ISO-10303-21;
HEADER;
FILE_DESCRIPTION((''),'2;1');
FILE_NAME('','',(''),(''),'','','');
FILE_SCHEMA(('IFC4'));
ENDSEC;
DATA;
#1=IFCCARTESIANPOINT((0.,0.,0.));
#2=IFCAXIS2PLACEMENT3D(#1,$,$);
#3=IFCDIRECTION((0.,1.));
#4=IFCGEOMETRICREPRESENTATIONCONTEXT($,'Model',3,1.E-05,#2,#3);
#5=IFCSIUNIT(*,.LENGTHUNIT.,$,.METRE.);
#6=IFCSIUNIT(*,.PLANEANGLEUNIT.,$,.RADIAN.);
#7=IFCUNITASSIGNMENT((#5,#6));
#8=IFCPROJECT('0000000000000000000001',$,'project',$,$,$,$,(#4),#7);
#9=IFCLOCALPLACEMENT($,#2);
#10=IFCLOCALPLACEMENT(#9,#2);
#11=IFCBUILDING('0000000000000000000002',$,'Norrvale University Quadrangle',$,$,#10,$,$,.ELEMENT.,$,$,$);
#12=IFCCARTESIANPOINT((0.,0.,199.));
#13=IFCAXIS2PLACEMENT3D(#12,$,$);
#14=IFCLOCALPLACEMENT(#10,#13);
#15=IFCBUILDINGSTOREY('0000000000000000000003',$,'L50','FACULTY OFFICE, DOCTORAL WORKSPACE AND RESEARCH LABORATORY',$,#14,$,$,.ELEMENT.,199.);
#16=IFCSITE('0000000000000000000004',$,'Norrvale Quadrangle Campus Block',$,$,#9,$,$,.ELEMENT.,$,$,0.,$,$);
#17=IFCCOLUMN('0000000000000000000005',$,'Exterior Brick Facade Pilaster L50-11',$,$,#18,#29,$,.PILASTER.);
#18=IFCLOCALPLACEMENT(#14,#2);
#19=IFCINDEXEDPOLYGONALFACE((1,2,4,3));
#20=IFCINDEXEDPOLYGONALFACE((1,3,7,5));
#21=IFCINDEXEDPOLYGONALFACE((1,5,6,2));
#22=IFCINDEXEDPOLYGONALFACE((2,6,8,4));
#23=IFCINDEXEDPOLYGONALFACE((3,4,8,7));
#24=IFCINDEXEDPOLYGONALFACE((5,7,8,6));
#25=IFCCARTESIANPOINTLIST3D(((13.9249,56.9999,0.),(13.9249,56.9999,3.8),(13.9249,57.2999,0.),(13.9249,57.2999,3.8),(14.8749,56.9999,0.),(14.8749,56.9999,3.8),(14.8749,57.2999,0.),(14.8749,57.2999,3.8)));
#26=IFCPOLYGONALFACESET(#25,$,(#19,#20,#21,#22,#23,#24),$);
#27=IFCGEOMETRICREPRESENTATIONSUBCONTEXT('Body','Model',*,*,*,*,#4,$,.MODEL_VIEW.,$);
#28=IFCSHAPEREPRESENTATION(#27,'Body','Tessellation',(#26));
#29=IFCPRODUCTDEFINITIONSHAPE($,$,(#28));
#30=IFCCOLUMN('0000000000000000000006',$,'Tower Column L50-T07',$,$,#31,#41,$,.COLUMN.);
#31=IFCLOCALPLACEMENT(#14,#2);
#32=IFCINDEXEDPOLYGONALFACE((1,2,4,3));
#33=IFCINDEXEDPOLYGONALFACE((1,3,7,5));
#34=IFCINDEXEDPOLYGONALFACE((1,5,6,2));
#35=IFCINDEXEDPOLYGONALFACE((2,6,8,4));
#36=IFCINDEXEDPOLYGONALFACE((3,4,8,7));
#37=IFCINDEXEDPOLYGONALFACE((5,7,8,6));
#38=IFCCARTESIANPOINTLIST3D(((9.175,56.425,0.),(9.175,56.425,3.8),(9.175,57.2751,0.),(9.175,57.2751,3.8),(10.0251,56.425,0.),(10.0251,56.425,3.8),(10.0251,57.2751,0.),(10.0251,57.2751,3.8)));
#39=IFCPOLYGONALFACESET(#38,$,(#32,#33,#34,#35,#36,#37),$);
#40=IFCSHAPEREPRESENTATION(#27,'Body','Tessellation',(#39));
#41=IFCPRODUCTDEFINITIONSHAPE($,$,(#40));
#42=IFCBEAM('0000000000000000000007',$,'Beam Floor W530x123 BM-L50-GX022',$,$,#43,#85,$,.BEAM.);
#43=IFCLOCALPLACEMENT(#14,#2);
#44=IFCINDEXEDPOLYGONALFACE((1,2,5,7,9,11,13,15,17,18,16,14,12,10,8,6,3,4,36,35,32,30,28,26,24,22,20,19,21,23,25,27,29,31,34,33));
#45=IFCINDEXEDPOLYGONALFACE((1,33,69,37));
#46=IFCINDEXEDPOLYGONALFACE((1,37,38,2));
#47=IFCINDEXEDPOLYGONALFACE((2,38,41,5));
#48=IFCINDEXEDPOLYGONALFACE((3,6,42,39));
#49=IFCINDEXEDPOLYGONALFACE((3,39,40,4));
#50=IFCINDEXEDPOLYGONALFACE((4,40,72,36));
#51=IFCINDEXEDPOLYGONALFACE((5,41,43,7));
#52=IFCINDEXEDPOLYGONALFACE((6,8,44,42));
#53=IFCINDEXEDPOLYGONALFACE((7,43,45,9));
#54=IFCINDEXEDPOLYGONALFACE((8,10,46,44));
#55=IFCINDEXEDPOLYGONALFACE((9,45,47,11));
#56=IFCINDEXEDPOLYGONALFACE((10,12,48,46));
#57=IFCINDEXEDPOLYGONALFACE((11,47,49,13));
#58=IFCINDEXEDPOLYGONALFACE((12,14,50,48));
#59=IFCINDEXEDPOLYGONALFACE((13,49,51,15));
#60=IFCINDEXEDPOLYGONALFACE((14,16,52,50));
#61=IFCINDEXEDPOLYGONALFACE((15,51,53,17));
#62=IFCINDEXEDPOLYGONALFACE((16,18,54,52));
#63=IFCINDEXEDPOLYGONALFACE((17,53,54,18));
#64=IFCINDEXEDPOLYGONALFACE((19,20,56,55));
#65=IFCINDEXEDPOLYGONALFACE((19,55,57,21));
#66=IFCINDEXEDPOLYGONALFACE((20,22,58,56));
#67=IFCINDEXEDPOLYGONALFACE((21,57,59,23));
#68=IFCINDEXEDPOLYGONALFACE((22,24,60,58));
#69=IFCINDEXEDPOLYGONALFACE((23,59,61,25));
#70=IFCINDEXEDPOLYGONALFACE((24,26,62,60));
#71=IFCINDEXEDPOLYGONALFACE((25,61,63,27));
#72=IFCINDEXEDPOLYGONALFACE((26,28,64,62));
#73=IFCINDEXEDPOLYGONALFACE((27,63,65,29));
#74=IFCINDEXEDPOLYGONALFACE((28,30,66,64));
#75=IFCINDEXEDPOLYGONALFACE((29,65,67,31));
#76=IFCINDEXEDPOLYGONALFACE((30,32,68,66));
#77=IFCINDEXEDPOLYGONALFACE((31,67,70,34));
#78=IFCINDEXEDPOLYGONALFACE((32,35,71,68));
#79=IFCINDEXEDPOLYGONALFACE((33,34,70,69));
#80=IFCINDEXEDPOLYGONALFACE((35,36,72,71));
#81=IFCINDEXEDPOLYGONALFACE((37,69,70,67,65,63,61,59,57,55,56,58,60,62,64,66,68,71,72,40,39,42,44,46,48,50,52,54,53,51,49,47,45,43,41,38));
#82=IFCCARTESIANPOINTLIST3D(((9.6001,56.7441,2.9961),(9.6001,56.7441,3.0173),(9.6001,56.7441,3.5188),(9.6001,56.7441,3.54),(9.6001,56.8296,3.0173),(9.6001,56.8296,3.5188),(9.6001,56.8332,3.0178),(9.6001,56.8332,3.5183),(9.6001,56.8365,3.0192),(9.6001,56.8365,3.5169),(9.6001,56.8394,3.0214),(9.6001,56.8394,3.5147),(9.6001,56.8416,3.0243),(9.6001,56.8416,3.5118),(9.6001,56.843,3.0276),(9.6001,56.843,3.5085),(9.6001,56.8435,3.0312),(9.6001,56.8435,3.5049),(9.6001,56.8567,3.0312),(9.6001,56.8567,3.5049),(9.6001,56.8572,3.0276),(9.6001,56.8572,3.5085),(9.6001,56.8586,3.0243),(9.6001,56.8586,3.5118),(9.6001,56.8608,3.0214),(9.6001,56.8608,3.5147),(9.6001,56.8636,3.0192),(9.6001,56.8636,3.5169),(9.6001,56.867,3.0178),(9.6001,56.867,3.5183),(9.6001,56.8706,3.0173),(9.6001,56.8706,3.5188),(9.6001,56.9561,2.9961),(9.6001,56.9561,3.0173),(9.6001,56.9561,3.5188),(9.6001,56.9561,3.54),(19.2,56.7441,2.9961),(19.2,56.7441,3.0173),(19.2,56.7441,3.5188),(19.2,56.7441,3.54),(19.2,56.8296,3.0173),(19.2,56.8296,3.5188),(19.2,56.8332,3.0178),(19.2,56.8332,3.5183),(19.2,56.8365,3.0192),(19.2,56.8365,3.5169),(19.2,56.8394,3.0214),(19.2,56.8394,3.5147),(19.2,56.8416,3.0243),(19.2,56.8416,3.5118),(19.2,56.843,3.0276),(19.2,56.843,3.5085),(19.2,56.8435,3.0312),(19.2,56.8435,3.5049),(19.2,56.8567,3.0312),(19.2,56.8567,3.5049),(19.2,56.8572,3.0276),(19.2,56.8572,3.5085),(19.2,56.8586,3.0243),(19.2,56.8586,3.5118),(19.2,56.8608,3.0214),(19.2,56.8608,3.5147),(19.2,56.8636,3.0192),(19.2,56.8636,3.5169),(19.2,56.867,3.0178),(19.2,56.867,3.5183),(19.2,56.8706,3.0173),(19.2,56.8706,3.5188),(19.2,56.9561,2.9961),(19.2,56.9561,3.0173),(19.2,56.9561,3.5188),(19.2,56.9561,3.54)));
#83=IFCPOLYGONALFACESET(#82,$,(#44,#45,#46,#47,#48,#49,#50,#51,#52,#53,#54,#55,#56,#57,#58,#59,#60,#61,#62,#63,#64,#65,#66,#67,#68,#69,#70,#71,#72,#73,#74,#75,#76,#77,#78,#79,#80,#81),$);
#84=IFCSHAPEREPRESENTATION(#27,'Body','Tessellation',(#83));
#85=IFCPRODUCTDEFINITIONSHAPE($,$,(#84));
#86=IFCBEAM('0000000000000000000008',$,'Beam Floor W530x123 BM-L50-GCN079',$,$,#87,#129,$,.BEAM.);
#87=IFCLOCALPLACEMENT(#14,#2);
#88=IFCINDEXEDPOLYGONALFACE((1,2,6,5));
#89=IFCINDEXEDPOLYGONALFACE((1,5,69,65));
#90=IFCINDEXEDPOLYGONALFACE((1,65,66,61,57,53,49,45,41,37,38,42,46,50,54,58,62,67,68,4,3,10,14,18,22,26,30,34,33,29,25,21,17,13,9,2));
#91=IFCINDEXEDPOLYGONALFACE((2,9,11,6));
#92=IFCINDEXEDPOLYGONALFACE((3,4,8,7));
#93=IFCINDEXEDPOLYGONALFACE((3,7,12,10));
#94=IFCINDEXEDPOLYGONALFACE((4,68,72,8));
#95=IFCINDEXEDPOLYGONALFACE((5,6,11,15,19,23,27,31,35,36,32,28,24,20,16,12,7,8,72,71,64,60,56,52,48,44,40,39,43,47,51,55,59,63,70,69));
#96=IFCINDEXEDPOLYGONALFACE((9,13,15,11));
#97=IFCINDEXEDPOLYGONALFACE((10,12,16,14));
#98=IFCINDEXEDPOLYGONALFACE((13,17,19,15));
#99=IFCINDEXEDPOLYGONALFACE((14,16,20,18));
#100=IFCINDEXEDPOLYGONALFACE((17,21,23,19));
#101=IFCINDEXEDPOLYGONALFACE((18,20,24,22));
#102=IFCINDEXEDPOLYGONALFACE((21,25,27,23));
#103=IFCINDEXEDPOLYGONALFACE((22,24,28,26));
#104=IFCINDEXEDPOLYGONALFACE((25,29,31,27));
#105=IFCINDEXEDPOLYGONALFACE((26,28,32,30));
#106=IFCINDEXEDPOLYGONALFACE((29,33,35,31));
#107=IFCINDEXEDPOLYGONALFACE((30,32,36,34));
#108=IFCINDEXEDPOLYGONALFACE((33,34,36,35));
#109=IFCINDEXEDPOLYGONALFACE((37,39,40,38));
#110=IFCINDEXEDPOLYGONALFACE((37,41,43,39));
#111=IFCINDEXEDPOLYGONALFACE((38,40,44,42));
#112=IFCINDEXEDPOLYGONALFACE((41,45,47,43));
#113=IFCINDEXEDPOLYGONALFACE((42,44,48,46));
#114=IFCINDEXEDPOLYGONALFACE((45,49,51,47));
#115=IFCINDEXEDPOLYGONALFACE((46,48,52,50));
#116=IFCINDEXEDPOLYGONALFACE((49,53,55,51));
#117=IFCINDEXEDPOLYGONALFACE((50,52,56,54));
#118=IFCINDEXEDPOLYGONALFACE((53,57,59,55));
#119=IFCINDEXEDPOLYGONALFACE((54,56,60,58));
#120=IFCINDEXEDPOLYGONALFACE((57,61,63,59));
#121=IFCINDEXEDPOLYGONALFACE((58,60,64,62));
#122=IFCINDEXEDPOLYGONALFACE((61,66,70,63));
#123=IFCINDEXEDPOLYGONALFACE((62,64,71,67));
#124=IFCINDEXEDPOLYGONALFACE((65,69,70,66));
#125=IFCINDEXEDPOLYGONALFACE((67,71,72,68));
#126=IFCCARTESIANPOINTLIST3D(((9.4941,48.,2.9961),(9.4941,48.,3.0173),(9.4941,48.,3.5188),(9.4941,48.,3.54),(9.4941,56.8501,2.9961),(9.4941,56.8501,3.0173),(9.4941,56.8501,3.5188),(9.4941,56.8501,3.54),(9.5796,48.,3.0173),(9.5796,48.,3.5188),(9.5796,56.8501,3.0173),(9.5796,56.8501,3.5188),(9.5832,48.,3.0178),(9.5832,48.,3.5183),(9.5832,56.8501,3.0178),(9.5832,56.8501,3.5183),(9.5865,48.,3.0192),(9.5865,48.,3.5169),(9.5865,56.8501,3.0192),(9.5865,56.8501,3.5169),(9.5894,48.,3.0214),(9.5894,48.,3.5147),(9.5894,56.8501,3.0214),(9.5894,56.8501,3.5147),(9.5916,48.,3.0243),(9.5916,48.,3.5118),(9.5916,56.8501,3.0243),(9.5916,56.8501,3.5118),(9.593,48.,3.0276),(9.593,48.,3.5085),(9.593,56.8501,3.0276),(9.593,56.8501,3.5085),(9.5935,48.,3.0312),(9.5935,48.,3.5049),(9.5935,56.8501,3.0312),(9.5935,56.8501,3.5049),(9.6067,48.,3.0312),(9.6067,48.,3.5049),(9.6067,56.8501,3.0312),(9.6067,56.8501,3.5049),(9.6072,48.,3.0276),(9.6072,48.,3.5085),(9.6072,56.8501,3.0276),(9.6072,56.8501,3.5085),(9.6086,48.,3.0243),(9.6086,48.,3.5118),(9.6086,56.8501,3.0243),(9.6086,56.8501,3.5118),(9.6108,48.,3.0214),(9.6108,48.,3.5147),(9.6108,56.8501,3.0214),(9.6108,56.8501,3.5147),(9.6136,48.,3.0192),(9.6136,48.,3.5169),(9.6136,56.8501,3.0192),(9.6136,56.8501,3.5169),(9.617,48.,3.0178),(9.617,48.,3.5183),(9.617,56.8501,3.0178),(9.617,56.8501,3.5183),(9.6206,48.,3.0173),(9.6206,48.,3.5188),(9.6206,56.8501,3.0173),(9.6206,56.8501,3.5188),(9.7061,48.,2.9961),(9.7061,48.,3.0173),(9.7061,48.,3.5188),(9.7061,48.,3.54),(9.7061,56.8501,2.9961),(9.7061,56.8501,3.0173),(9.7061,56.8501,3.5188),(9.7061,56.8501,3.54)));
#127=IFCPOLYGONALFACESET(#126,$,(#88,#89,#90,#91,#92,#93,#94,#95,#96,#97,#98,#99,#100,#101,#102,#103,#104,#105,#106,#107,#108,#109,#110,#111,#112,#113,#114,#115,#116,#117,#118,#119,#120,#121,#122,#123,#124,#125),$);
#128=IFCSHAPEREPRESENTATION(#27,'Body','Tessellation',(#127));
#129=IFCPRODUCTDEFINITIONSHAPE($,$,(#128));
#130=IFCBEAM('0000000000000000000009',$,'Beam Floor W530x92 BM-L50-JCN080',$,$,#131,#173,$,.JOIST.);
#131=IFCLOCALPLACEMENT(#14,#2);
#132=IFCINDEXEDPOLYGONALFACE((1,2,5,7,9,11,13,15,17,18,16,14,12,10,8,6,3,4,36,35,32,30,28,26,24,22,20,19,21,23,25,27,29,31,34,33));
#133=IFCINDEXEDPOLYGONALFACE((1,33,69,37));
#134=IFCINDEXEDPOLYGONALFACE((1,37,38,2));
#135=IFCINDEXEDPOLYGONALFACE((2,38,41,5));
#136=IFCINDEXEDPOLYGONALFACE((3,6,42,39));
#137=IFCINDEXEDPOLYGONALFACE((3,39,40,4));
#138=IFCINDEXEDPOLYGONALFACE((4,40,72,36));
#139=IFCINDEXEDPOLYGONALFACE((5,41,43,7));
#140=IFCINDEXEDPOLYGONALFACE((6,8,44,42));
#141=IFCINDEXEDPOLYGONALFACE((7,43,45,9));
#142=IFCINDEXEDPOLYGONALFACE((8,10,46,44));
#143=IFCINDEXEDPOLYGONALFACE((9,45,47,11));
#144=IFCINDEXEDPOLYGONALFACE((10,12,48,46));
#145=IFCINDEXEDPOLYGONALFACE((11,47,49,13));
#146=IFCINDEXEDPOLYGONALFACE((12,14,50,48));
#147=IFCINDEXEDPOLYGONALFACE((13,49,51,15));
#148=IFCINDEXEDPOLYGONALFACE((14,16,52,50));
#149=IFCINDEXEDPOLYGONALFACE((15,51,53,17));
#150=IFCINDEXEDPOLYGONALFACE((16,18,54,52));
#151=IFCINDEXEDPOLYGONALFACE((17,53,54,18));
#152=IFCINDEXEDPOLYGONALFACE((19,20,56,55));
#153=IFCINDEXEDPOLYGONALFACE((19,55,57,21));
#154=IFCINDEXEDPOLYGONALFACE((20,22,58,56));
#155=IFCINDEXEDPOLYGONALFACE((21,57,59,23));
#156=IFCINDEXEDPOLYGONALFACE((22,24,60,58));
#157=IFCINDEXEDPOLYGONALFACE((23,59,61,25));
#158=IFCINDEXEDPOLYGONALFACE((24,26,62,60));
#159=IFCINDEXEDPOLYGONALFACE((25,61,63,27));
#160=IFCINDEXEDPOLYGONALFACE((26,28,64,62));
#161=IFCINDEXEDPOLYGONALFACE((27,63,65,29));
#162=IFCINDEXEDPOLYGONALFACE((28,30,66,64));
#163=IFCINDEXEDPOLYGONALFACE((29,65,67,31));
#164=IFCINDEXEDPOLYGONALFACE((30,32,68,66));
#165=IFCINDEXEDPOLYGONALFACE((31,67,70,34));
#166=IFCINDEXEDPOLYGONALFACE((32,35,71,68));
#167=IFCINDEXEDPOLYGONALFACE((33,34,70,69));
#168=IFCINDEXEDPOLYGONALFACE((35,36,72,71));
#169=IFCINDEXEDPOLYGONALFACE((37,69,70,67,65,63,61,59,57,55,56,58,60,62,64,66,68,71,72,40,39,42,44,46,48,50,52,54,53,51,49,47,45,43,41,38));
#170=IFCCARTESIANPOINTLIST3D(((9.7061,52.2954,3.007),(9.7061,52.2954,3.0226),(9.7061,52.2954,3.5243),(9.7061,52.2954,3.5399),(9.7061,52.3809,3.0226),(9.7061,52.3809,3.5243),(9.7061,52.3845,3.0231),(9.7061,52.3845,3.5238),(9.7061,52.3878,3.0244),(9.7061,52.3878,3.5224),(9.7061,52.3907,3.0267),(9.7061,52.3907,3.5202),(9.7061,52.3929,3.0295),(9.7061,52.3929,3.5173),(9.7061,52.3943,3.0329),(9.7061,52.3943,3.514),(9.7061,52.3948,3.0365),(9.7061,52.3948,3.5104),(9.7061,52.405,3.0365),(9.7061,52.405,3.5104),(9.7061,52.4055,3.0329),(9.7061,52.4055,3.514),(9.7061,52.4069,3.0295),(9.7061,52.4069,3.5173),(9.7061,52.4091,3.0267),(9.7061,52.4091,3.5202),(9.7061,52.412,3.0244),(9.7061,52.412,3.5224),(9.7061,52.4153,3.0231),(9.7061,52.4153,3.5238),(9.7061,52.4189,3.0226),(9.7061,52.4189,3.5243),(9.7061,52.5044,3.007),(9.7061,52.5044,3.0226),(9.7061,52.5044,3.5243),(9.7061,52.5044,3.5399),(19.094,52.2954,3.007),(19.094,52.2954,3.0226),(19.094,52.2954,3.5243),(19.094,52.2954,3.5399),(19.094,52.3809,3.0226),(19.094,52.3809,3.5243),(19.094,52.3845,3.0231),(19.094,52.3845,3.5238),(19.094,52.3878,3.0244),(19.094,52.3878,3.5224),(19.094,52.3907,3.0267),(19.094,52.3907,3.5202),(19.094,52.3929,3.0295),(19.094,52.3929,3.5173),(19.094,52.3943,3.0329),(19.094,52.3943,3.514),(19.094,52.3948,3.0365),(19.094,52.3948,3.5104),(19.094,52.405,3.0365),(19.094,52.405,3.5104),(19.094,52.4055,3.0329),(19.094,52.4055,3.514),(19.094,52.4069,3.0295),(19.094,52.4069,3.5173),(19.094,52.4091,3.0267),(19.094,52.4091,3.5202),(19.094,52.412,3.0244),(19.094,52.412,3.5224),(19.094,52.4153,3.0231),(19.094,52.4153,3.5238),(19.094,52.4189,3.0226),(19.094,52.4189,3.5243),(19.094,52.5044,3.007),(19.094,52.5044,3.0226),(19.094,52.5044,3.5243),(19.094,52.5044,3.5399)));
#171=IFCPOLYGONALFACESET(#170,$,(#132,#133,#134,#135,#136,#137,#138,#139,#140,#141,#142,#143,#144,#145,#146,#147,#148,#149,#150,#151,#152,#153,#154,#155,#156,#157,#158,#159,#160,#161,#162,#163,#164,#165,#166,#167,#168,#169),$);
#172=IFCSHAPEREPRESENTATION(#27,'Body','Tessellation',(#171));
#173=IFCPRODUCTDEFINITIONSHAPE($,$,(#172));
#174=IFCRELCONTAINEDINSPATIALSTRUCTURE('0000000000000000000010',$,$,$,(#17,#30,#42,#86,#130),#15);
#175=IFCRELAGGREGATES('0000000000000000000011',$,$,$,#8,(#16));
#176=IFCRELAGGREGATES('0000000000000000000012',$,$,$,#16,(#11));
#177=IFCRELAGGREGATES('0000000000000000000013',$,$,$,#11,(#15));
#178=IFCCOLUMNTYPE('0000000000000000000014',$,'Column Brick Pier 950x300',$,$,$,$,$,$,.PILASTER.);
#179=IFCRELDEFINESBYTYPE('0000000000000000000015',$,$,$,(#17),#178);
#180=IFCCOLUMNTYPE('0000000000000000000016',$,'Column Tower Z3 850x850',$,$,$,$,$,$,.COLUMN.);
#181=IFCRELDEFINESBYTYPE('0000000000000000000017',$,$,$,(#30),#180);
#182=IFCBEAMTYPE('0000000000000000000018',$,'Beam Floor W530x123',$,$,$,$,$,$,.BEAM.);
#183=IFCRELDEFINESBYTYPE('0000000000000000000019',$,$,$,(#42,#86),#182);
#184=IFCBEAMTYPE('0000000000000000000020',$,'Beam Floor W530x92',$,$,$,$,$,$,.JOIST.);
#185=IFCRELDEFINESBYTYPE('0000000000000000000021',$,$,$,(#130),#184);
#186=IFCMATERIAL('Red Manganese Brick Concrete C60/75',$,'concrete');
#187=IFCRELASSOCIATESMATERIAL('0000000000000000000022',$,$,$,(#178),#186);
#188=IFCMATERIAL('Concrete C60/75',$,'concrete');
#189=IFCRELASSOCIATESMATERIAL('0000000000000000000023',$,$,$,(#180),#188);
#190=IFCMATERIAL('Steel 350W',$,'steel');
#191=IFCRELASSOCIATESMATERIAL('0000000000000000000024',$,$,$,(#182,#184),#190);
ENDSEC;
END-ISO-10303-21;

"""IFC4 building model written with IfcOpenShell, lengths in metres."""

from ifc_helpers import new_model, si_unit, direction, frame, origin, origin_2d, place, context, subcontext, project, spatial, rectangle, i_section, extrude, material, material_profile, profile_set, type_object, element, save


model = new_model("IFC4")

# Units and contexts
model_context = context("Model", 3, precision=1e-05, world=origin(), true_north=direction((0.0, 1.0)))
body_context = subcontext(model_context, "Body", "Model", "MODEL_VIEW")
ifc_project = project(units=[si_unit("LENGTHUNIT", "METRE"), si_unit("PLANEANGLEUNIT", "RADIAN")], contexts=[model_context])

# Site, building, storey
site_placement = place(None, origin())
site = spatial("IfcSite", under=ifc_project, at=site_placement, Name="Norrvale Quadrangle Campus Block", CompositionType="ELEMENT", RefElevation=0.0)
building_placement = place(site_placement, origin())
building = spatial("IfcBuilding", under=site, at=building_placement, Name="Norrvale University Quadrangle", CompositionType="ELEMENT")
storey_placement = place(building_placement, frame((0.0, 0.0, 199.0)))
storey = spatial("IfcBuildingStorey", under=building, at=storey_placement, Name="L50", Description="FACULTY OFFICE, DOCTORAL WORKSPACE AND RESEARCH LABORATORY", CompositionType="ELEMENT", Elevation=199.0)

# Columns
ifc_material_1 = material(Name="Red Manganese Brick Concrete C60/75", Category="concrete")
ifc_material_profile_1 = material_profile(ifc_material_1, rectangle(XDim=0.95, YDim=0.3, at=origin_2d()), Name="Red Manganese Brick Concrete C60/75")
ifc_profile_set_1 = profile_set([ifc_material_profile_1], Name="Red Manganese Brick Concrete C60/75")
column_type_1 = type_object("IfcColumnType", Name="Column Brick Pier 950x300", PredefinedType="PILASTER", material=ifc_profile_set_1)
column_1_placement = place(storey_placement, frame((14.3999, 57.1499, 0.0), z_axis=(0.0, 0.0, 1.0), x_axis=(1.0, 0.0, 0.0)))
element("IfcColumn", 1, at=column_1_placement, inside=storey, type_object=column_type_1, Name="Exterior Brick Facade Pilaster L50-11", PredefinedType="PILASTER", context=body_context, shape_type="SweptSolid", body=[
    extrude(rectangle(XDim=0.95, YDim=0.3, at=origin_2d()), origin(), (0.0, 0.0, 1.0), 3.8),
])
ifc_material_2 = material(Name="Concrete C60/75", Category="concrete")
ifc_material_profile_2 = material_profile(ifc_material_2, rectangle(XDim=0.8501, YDim=0.8501, at=origin_2d()), Name="Concrete C60/75")
ifc_profile_set_2 = profile_set([ifc_material_profile_2], Name="Concrete C60/75")
column_type_2 = type_object("IfcColumnType", Name="Column Tower Z3 850x850", PredefinedType="COLUMN", material=ifc_profile_set_2)
column_2_placement = place(storey_placement, frame((9.6001, 56.8501, 0.0), z_axis=(0.0, 0.0, 1.0), x_axis=(1.0, 0.0, 0.0)))
element("IfcColumn", 2, at=column_2_placement, inside=storey, type_object=column_type_2, Name="Tower Column L50-T07", PredefinedType="COLUMN", context=body_context, shape_type="SweptSolid", body=[
    extrude(rectangle(XDim=0.8501, YDim=0.8501, at=origin_2d()), origin(), (0.0, 0.0, 1.0), 3.8),
])

# Beams
ifc_material_3 = material(Name="Steel 350W", Category="steel")
ifc_material_profile_3 = material_profile(ifc_material_3, i_section(OverallWidth=0.2119, OverallDepth=0.5439, WebThickness=0.0132, FlangeThickness=0.0212, FilletRadius=0.0139, at=origin_2d()), Name="Steel 350W")
ifc_profile_set_3 = profile_set([ifc_material_profile_3], Name="Steel 350W")
beam_type_1 = type_object("IfcBeamType", Name="Beam Floor W530x123", PredefinedType="BEAM", material=ifc_profile_set_3)
beam_1_placement = place(storey_placement, frame((9.6001, 56.8501, 3.2681), z_axis=(1.0, 0.0, 0.0), x_axis=(0.0, 1.0, 0.0)))
element("IfcBeam", 3, at=beam_1_placement, inside=storey, type_object=beam_type_1, Name="Beam Floor W530x123 BM-L50-GX022", PredefinedType="BEAM", context=body_context, shape_type="SweptSolid", body=[
    extrude(i_section(OverallWidth=0.2119, OverallDepth=0.5439, WebThickness=0.0132, FlangeThickness=0.0212, FilletRadius=0.0139, at=origin_2d()), origin(), (0.0, 0.0, 1.0), 9.5999),
])
beam_2_placement = place(storey_placement, frame((9.6001, 48.0, 3.2681), z_axis=(0.0, 1.0, 0.0), x_axis=(-1.0, 0.0, 0.0)))
element("IfcBeam", 4, at=beam_2_placement, inside=storey, type_object=beam_type_1, Name="Beam Floor W530x123 BM-L50-GCN079", PredefinedType="BEAM", context=body_context, shape_type="SweptSolid", body=[
    extrude(i_section(OverallWidth=0.2119, OverallDepth=0.5439, WebThickness=0.0132, FlangeThickness=0.0212, FilletRadius=0.0139, at=origin_2d()), origin(), (0.0, 0.0, 1.0), 8.8501),
])
ifc_material_profile_4 = material_profile(ifc_material_3, i_section(OverallWidth=0.209, OverallDepth=0.533, WebThickness=0.0103, FlangeThickness=0.0156, FilletRadius=0.0139, at=origin_2d()), Name="Steel 350W")
ifc_profile_set_4 = profile_set([ifc_material_profile_4], Name="Steel 350W")
beam_type_2 = type_object("IfcBeamType", Name="Beam Floor W530x92", PredefinedType="JOIST", material=ifc_profile_set_4)
beam_3_placement = place(storey_placement, frame((9.7061, 52.3999, 3.2734), z_axis=(1.0, 0.0, 0.0), x_axis=(0.0, 1.0, 0.0)))
element("IfcBeam", 5, at=beam_3_placement, inside=storey, type_object=beam_type_2, Name="Beam Floor W530x92 BM-L50-JCN080", PredefinedType="JOIST", context=body_context, shape_type="SweptSolid", body=[
    extrude(i_section(OverallWidth=0.209, OverallDepth=0.533, WebThickness=0.0103, FlangeThickness=0.0156, FilletRadius=0.0139, at=origin_2d()), origin(), (0.0, 0.0, 1.0), 9.3879),
])

save(model, "model.ifc")
